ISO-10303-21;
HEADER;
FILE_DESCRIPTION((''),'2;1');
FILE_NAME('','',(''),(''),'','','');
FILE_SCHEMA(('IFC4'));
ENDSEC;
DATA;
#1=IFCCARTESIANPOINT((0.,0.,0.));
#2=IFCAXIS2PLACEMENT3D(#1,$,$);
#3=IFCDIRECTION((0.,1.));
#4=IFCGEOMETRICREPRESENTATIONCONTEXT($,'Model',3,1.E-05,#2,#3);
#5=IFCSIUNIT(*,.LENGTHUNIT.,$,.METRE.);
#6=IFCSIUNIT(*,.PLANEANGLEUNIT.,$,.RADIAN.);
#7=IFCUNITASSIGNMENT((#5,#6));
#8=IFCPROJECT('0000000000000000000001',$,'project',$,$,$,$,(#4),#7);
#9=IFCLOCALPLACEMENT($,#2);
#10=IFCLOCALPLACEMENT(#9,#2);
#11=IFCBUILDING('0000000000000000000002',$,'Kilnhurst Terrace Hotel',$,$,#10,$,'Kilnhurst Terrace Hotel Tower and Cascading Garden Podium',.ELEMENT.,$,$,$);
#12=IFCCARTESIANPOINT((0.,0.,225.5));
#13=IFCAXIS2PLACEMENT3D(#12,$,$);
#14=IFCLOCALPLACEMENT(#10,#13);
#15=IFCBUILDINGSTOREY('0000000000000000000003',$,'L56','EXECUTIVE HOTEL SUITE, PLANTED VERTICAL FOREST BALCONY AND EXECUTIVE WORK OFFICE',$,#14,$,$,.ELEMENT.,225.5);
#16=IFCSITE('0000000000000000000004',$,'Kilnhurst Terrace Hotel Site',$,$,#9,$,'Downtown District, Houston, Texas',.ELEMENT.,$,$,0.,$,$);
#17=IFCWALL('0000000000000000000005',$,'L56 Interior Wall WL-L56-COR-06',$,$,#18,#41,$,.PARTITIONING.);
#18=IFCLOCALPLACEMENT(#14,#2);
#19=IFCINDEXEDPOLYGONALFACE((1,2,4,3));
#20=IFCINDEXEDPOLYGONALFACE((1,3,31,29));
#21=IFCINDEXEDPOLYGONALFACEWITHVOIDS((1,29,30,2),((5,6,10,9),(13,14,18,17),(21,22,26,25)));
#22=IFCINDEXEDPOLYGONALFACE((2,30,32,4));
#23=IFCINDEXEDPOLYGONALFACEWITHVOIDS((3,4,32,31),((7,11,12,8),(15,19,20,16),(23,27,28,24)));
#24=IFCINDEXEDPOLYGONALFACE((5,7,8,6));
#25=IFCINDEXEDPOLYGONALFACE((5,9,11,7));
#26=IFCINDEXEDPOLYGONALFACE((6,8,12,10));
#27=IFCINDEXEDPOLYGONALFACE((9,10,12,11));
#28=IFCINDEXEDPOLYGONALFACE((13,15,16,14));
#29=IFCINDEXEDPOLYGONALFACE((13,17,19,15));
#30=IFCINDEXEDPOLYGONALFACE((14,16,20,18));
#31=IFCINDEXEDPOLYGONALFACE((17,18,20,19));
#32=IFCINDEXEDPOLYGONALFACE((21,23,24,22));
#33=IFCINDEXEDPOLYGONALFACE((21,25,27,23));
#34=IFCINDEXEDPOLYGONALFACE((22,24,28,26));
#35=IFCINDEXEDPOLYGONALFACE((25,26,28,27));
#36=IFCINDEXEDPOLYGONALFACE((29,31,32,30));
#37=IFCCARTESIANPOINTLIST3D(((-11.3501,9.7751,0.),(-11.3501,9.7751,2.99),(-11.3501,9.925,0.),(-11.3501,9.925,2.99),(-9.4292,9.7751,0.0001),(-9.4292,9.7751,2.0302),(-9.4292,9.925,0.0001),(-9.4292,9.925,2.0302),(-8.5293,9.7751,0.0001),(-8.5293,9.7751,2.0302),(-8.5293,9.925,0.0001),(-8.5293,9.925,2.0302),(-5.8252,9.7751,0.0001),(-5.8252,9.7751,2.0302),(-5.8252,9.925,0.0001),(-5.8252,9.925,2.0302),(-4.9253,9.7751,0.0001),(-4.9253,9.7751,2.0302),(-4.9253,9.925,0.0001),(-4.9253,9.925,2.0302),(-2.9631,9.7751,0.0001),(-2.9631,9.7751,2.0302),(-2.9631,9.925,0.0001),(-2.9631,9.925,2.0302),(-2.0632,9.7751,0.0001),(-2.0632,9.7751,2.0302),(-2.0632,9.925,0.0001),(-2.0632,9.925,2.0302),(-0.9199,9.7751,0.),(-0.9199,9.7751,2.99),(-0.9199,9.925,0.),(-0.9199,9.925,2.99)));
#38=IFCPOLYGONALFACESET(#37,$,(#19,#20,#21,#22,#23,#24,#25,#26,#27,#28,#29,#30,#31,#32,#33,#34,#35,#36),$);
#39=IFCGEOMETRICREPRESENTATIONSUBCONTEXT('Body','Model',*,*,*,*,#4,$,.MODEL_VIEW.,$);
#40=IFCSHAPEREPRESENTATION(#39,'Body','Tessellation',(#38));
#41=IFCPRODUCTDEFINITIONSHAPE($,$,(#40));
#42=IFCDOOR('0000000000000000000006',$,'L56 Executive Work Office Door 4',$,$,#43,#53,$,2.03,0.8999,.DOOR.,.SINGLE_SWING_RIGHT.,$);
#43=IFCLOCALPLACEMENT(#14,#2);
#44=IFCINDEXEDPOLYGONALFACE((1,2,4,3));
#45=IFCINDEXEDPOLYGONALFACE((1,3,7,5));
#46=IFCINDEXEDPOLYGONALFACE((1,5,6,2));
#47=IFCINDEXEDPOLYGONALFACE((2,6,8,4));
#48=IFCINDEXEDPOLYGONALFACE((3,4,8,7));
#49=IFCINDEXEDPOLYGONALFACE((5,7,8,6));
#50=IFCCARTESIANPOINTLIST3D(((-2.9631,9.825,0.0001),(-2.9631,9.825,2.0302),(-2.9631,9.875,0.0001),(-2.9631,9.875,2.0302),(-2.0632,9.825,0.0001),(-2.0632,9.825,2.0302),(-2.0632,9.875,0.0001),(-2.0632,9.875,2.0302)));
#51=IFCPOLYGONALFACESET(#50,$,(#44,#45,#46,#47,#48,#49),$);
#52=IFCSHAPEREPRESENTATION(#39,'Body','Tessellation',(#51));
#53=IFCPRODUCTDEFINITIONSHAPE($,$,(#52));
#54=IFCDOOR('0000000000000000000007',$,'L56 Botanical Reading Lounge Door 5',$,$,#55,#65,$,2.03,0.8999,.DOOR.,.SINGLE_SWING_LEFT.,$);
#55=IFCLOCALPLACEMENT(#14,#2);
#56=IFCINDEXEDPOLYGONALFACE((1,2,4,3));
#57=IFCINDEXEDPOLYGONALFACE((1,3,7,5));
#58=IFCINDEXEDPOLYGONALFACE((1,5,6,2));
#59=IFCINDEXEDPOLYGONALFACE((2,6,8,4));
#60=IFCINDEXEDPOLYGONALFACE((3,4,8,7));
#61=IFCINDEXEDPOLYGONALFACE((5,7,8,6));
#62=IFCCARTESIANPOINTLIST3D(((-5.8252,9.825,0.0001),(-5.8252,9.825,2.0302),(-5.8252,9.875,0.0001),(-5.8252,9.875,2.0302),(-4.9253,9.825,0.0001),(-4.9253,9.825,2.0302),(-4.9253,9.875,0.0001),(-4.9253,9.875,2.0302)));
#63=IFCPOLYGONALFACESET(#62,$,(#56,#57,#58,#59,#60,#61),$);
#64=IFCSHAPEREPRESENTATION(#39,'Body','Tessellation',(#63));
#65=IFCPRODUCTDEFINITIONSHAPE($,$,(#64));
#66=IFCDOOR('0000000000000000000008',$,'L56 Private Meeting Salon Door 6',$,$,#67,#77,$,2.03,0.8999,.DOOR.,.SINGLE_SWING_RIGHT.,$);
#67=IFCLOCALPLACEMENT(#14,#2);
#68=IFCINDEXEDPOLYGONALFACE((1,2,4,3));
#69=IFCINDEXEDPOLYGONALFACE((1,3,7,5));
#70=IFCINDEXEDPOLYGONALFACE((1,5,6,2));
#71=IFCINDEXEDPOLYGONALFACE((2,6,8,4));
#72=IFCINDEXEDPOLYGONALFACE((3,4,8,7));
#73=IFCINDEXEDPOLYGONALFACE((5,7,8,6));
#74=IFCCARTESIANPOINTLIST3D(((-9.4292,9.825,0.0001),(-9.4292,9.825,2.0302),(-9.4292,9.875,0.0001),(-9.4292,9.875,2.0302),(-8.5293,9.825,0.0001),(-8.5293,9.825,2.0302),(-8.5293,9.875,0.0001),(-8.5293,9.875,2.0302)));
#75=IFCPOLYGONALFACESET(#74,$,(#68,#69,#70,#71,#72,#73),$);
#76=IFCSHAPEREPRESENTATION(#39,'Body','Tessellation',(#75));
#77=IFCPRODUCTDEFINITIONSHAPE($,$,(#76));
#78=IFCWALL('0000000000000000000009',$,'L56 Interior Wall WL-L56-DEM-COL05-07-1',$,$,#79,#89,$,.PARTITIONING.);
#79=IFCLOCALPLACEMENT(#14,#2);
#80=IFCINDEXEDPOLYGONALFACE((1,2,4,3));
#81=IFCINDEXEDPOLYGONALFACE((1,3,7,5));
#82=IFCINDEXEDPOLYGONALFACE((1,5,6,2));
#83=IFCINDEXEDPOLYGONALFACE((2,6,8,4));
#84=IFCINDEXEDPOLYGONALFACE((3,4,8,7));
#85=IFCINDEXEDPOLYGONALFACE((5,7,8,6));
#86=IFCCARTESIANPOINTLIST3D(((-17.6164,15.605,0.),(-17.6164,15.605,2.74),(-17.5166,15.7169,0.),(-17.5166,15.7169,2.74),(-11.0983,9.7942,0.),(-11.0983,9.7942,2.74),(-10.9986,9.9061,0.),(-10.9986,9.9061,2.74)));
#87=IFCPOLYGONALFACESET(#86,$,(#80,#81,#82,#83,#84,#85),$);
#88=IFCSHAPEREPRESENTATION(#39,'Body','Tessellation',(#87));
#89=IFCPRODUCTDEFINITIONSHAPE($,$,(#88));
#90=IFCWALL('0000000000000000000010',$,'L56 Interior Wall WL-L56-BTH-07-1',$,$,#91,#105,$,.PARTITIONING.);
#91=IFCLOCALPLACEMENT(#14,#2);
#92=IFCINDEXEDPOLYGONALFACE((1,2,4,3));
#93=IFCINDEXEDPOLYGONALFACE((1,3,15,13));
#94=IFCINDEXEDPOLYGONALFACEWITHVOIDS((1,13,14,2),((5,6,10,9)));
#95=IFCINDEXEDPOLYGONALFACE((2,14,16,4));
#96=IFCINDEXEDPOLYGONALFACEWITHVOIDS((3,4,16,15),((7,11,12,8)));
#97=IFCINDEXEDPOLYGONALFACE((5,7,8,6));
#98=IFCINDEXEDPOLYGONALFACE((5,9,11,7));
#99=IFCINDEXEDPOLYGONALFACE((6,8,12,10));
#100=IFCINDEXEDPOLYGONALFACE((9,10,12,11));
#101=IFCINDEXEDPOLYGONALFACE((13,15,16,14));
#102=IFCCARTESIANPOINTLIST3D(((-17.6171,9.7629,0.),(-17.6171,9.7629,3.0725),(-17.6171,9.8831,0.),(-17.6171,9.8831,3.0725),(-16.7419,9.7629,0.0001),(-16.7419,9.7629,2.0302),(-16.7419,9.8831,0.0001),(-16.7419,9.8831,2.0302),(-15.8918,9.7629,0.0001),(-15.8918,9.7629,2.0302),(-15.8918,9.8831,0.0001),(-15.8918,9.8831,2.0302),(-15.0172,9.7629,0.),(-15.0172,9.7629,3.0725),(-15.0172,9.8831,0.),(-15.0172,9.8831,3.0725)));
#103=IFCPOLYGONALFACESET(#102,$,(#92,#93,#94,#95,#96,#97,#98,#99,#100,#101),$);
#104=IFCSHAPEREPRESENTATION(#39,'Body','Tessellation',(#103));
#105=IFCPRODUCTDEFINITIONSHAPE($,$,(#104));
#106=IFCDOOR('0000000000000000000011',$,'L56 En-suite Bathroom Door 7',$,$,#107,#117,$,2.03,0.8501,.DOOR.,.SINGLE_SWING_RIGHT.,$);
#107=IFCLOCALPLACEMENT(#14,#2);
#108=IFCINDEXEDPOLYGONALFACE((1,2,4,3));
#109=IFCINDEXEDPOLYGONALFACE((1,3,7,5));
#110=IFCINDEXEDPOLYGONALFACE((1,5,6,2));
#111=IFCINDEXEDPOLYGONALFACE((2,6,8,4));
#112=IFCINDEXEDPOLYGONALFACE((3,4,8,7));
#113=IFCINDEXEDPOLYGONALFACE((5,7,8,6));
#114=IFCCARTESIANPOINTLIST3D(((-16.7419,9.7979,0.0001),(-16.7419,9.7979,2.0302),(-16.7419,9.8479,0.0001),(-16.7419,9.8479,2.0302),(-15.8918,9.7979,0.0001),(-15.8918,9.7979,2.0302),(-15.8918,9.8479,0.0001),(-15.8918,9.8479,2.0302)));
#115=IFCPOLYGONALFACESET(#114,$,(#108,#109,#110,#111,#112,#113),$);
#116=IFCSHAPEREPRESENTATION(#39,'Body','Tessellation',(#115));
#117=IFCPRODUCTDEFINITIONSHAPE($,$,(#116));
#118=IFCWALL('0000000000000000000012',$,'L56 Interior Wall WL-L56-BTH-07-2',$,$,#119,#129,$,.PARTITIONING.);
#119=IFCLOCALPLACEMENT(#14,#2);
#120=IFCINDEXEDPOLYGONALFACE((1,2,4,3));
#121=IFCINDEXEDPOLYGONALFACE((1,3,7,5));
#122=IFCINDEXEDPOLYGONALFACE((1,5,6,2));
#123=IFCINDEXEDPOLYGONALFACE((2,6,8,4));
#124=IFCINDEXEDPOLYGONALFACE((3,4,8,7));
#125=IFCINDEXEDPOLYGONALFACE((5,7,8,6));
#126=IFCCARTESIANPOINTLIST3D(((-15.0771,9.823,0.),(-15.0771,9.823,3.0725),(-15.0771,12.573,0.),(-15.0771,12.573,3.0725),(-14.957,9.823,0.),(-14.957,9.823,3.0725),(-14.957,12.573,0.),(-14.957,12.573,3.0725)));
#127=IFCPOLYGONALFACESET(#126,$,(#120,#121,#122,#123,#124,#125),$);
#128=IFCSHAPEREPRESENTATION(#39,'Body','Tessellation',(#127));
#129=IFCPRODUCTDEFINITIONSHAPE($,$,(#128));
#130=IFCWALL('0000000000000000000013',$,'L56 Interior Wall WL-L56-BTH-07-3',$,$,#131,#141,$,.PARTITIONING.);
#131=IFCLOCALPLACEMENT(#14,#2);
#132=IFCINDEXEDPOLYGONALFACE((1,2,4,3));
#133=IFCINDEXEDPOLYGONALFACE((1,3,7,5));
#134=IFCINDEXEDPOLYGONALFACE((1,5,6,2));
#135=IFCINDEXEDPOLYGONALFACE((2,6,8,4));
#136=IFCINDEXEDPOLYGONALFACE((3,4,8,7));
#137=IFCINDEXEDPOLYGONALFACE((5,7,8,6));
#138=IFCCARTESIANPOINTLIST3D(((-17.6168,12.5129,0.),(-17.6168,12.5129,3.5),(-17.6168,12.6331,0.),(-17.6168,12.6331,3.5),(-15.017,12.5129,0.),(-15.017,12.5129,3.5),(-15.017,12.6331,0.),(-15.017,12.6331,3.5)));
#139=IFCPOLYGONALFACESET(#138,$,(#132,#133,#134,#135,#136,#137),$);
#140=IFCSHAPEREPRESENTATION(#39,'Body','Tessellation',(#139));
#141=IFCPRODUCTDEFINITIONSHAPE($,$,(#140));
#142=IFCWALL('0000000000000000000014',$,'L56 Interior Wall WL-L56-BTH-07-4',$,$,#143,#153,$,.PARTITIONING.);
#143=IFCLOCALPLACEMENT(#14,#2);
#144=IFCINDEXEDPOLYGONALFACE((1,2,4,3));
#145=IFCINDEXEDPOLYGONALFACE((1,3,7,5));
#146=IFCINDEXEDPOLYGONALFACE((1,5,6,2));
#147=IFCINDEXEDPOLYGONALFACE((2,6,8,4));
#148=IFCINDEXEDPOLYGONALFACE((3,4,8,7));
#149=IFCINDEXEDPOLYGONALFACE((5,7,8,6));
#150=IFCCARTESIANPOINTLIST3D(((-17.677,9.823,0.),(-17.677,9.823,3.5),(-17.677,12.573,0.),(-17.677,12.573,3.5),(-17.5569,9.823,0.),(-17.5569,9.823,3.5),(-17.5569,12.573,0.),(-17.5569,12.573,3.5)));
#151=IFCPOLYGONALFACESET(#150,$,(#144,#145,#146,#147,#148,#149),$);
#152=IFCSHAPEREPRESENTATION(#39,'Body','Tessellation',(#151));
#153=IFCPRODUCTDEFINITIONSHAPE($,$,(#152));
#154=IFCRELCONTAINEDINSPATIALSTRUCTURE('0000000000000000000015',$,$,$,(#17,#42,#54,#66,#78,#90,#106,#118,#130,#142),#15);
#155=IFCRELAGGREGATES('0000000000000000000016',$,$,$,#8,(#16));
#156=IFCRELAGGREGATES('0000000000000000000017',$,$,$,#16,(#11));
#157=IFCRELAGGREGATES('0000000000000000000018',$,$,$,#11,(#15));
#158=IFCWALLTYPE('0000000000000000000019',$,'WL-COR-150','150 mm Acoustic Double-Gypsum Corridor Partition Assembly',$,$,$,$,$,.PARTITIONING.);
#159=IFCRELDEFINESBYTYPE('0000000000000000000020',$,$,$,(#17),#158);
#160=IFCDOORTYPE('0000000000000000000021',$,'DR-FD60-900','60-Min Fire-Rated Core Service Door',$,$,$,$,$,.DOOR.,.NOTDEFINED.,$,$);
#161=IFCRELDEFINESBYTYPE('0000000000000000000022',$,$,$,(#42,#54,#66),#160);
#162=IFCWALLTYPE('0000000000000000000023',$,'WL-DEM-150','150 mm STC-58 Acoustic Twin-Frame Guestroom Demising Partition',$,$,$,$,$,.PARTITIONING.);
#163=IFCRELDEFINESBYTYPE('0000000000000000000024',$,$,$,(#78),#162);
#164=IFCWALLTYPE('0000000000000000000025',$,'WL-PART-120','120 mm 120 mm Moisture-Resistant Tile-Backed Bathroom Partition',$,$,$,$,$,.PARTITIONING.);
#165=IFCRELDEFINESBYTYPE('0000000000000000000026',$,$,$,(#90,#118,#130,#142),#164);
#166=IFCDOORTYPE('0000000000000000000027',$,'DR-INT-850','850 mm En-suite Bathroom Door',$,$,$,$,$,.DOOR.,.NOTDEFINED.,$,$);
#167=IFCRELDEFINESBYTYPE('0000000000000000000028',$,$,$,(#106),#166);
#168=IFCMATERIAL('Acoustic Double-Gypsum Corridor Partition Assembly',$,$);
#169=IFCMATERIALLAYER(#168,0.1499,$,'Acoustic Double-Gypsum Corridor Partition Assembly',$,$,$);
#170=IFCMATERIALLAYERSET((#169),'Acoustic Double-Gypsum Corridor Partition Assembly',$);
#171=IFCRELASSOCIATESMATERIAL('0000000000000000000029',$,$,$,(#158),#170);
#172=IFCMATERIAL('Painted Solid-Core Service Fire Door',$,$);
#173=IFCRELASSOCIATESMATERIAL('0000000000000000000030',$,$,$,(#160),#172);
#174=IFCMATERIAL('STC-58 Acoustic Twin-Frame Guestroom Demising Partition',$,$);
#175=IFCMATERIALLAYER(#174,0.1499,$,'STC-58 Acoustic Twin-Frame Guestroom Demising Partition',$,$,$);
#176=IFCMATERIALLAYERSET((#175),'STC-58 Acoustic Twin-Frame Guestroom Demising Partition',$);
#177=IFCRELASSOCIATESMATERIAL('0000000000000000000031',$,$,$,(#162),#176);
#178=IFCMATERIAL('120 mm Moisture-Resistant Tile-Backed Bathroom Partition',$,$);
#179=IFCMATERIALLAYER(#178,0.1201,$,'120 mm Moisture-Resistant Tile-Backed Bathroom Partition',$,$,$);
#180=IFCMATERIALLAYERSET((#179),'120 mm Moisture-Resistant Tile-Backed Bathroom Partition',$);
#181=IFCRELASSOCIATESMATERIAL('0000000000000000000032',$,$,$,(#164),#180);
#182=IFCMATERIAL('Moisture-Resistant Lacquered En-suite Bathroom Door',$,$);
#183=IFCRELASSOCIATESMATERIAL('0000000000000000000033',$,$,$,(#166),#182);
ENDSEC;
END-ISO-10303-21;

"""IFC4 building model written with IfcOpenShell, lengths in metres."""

from ifc_helpers import new_model, si_unit, direction, frame, frame_2d, origin, place, context, subcontext, project, spatial, rectangle, extrude, material, layer, layer_set, type_object, element, fill, save


model = new_model("IFC4")

# Units and contexts
model_context = context("Model", 3, precision=1e-05, world=origin(), true_north=direction((0.0, 1.0)))
body_context = subcontext(model_context, "Body", "Model", "MODEL_VIEW")
ifc_project = project(units=[si_unit("LENGTHUNIT", "METRE"), si_unit("PLANEANGLEUNIT", "RADIAN")], contexts=[model_context])

# Site, building, storey
site_placement = place(None, origin())
site = spatial("IfcSite", under=ifc_project, at=site_placement, Name="Kilnhurst Terrace Hotel Site", LongName="Downtown District, Houston, Texas", CompositionType="ELEMENT", RefElevation=0.0)
building_placement = place(site_placement, origin())
building = spatial("IfcBuilding", under=site, at=building_placement, Name="Kilnhurst Terrace Hotel", LongName="Kilnhurst Terrace Hotel Tower and Cascading Garden Podium", CompositionType="ELEMENT")
storey_placement = place(building_placement, frame((0.0, 0.0, 225.5)))
storey = spatial("IfcBuildingStorey", under=building, at=storey_placement, Name="L56", Description="EXECUTIVE HOTEL SUITE, PLANTED VERTICAL FOREST BALCONY AND EXECUTIVE WORK OFFICE", CompositionType="ELEMENT", Elevation=225.5)

# Wall, openings, doors
ifc_material_1 = material(Name="Acoustic Double-Gypsum Corridor Partition Assembly")
ifc_layer_1 = layer(ifc_material_1, 0.1499, Name="Acoustic Double-Gypsum Corridor Partition Assembly")
ifc_layer_set_1 = layer_set([ifc_layer_1], Name="Acoustic Double-Gypsum Corridor Partition Assembly")
wall_type_1 = type_object("IfcWallType", Name="WL-COR-150", Description="150 mm Acoustic Double-Gypsum Corridor Partition Assembly", PredefinedType="PARTITIONING", material=ifc_layer_set_1)
wall_1_placement = place(storey_placement, frame((-11.3501, 9.8501, 0.0), z_axis=(0.0, 0.0, 1.0), x_axis=(1.0, 0.0, 0.0)))
wall_1 = element("IfcWall", 1, at=wall_1_placement, inside=storey, type_object=wall_type_1, Name="L56 Interior Wall WL-L56-COR-06", PredefinedType="PARTITIONING", context=body_context, shape_type="SweptSolid", body=[
    extrude(rectangle(XDim=10.4302, YDim=0.1499, at=frame_2d((5.2151, 0.0))), origin(), (0.0, 0.0, 1.0), 2.99),
])
opening_1_placement = place(wall_1_placement, frame((8.387, 0.0, 0.0)))
opening_1 = element("IfcOpeningElement", 2, at=opening_1_placement, cuts=wall_1, PredefinedType="OPENING", context=body_context, shape_type="SweptSolid", body=[
    extrude(rectangle(XDim=0.8999, YDim=2.03, at=frame_2d((0.45, 1.0151))), frame((0.0, 0.085, 0.0), z_axis=(0.0, -1.0, 0.0), x_axis=(1.0, 0.0, 0.0)), (0.0, 0.0, 1.0), 0.1699),
])
opening_2_placement = place(wall_1_placement, frame((5.5249, 0.0, 0.0)))
opening_2 = element("IfcOpeningElement", 3, at=opening_2_placement, cuts=wall_1, PredefinedType="OPENING", context=body_context, shape_type="SweptSolid", body=[
    extrude(rectangle(XDim=0.8999, YDim=2.03, at=frame_2d((0.45, 1.0151))), frame((0.0, 0.085, 0.0), z_axis=(0.0, -1.0, 0.0), x_axis=(1.0, 0.0, 0.0)), (0.0, 0.0, 1.0), 0.1699),
])
opening_3_placement = place(wall_1_placement, frame((1.9209, 0.0, 0.0)))
opening_3 = element("IfcOpeningElement", 4, at=opening_3_placement, cuts=wall_1, PredefinedType="OPENING", context=body_context, shape_type="SweptSolid", body=[
    extrude(rectangle(XDim=0.8999, YDim=2.03, at=frame_2d((0.45, 1.0151))), frame((0.0, 0.085, 0.0), z_axis=(0.0, -1.0, 0.0), x_axis=(1.0, 0.0, 0.0)), (0.0, 0.0, 1.0), 0.1699),
])
ifc_material_2 = material(Name="Painted Solid-Core Service Fire Door")
door_type_1 = type_object("IfcDoorType", Name="DR-FD60-900", Description="60-Min Fire-Rated Core Service Door", OperationType="NOTDEFINED", PredefinedType="DOOR", material=ifc_material_2)
door_1_placement = place(opening_1_placement, origin())
door_1 = element("IfcDoor", 5, at=door_1_placement, inside=storey, type_object=door_type_1, Name="L56 Executive Work Office Door 4", OperationType="SINGLE_SWING_RIGHT", OverallHeight=2.03, OverallWidth=0.8999, PredefinedType="DOOR", context=body_context, shape_type="SweptSolid", body=[
    extrude(rectangle(XDim=0.8999, YDim=2.03, at=frame_2d((0.45, 1.0151))), frame((0.0, 0.0249, 0.0), z_axis=(0.0, -1.0, 0.0), x_axis=(1.0, 0.0, 0.0)), (0.0, 0.0, 1.0), 0.05),
])
fill(opening_1, door_1)
door_2_placement = place(opening_2_placement, origin())
door_2 = element("IfcDoor", 6, at=door_2_placement, inside=storey, type_object=door_type_1, Name="L56 Botanical Reading Lounge Door 5", OperationType="SINGLE_SWING_LEFT", OverallHeight=2.03, OverallWidth=0.8999, PredefinedType="DOOR", context=body_context, shape_type="SweptSolid", body=[
    extrude(rectangle(XDim=0.8999, YDim=2.03, at=frame_2d((0.45, 1.0151))), frame((0.0, 0.0249, 0.0), z_axis=(0.0, -1.0, 0.0), x_axis=(1.0, 0.0, 0.0)), (0.0, 0.0, 1.0), 0.05),
])
fill(opening_2, door_2)
door_3_placement = place(opening_3_placement, origin())
door_3 = element("IfcDoor", 7, at=door_3_placement, inside=storey, type_object=door_type_1, Name="L56 Private Meeting Salon Door 6", OperationType="SINGLE_SWING_RIGHT", OverallHeight=2.03, OverallWidth=0.8999, PredefinedType="DOOR", context=body_context, shape_type="SweptSolid", body=[
    extrude(rectangle(XDim=0.8999, YDim=2.03, at=frame_2d((0.45, 1.0151))), frame((0.0, 0.0249, 0.0), z_axis=(0.0, -1.0, 0.0), x_axis=(1.0, 0.0, 0.0)), (0.0, 0.0, 1.0), 0.05),
])
fill(opening_3, door_3)

# Wall
ifc_material_3 = material(Name="STC-58 Acoustic Twin-Frame Guestroom Demising Partition")
ifc_layer_2 = layer(ifc_material_3, 0.1499, Name="STC-58 Acoustic Twin-Frame Guestroom Demising Partition")
ifc_layer_set_2 = layer_set([ifc_layer_2], Name="STC-58 Acoustic Twin-Frame Guestroom Demising Partition")
wall_type_2 = type_object("IfcWallType", Name="WL-DEM-150", Description="150 mm STC-58 Acoustic Twin-Frame Guestroom Demising Partition", PredefinedType="PARTITIONING", material=ifc_layer_set_2)
wall_2_placement = place(storey_placement, frame((-11.0483, 9.8501, 0.0), z_axis=(0.0, 0.0, 1.0), x_axis=(-0.746444, 0.665448, 0.0)))
element("IfcWall", 8, at=wall_2_placement, inside=storey, type_object=wall_type_2, Name="L56 Interior Wall WL-L56-DEM-COL05-07-1", PredefinedType="PARTITIONING", context=body_context, shape_type="SweptSolid", body=[
    extrude(rectangle(XDim=8.7322, YDim=0.1499, at=frame_2d((4.3662, 0.0))), origin(), (0.0, 0.0, 1.0), 2.74),
])

# Wall, opening, door
ifc_material_4 = material(Name="120 mm Moisture-Resistant Tile-Backed Bathroom Partition")
ifc_layer_3 = layer(ifc_material_4, 0.1201, Name="120 mm Moisture-Resistant Tile-Backed Bathroom Partition")
ifc_layer_set_3 = layer_set([ifc_layer_3], Name="120 mm Moisture-Resistant Tile-Backed Bathroom Partition")
wall_type_3 = type_object("IfcWallType", Name="WL-PART-120", Description="120 mm 120 mm Moisture-Resistant Tile-Backed Bathroom Partition", PredefinedType="PARTITIONING", material=ifc_layer_set_3)
wall_3_placement = place(storey_placement, frame((-17.6169, 9.823, 0.0), z_axis=(0.0, 0.0, 1.0), x_axis=(1.0, 0.0, 0.0)))
wall_3 = element("IfcWall", 9, at=wall_3_placement, inside=storey, type_object=wall_type_3, Name="L56 Interior Wall WL-L56-BTH-07-1", PredefinedType="PARTITIONING", context=body_context, shape_type="SweptSolid", body=[
    extrude(rectangle(XDim=2.5999, YDim=0.1201, at=frame_2d((1.2998, 0.0))), origin(), (0.0, 0.0, 1.0), 3.0725),
])
opening_4_placement = place(wall_3_placement, frame((0.875, 0.0, 0.0)))
opening_4 = element("IfcOpeningElement", 10, at=opening_4_placement, cuts=wall_3, PredefinedType="OPENING", context=body_context, shape_type="SweptSolid", body=[
    extrude(rectangle(XDim=0.8501, YDim=2.03, at=frame_2d((0.425, 1.0151))), frame((0.0, 0.0701, 0.0), z_axis=(0.0, -1.0, 0.0), x_axis=(1.0, 0.0, 0.0)), (0.0, 0.0, 1.0), 0.1401),
])
ifc_material_5 = material(Name="Moisture-Resistant Lacquered En-suite Bathroom Door")
door_type_2 = type_object("IfcDoorType", Name="DR-INT-850", Description="850 mm En-suite Bathroom Door", OperationType="NOTDEFINED", PredefinedType="DOOR", material=ifc_material_5)
door_4_placement = place(opening_4_placement, origin())
door_4 = element("IfcDoor", 11, at=door_4_placement, inside=storey, type_object=door_type_2, Name="L56 En-suite Bathroom Door 7", OperationType="SINGLE_SWING_RIGHT", OverallHeight=2.03, OverallWidth=0.8501, PredefinedType="DOOR", context=body_context, shape_type="SweptSolid", body=[
    extrude(rectangle(XDim=0.8501, YDim=2.03, at=frame_2d((0.425, 1.0151))), frame((0.0, 0.0249, 0.0), z_axis=(0.0, -1.0, 0.0), x_axis=(1.0, 0.0, 0.0)), (0.0, 0.0, 1.0), 0.05),
])
fill(opening_4, door_4)

# Walls
wall_4_placement = place(storey_placement, frame((-15.0171, 9.823, 0.0), z_axis=(0.0, 0.0, 1.0), x_axis=(0.0, 1.0, 0.0)))
element("IfcWall", 12, at=wall_4_placement, inside=storey, type_object=wall_type_3, Name="L56 Interior Wall WL-L56-BTH-07-2", PredefinedType="PARTITIONING", context=body_context, shape_type="SweptSolid", body=[
    extrude(rectangle(XDim=2.75, YDim=0.1201, at=frame_2d((1.375, 0.0))), origin(), (0.0, 0.0, 1.0), 3.0725),
])
wall_5_placement = place(storey_placement, frame((-15.0171, 12.573, 0.0), z_axis=(0.0, 0.0, 1.0), x_axis=(-1.0, 0.0, 0.0)))
element("IfcWall", 13, at=wall_5_placement, inside=storey, type_object=wall_type_3, Name="L56 Interior Wall WL-L56-BTH-07-3", PredefinedType="PARTITIONING", context=body_context, shape_type="SweptSolid", body=[
    extrude(rectangle(XDim=2.5999, YDim=0.1201, at=frame_2d((1.2998, 0.0))), origin(), (0.0, 0.0, 1.0), 3.5),
])
wall_6_placement = place(storey_placement, frame((-17.6169, 12.573, 0.0), z_axis=(0.0, 0.0, 1.0), x_axis=(0.0, -1.0, 0.0)))
element("IfcWall", 14, at=wall_6_placement, inside=storey, type_object=wall_type_3, Name="L56 Interior Wall WL-L56-BTH-07-4", PredefinedType="PARTITIONING", context=body_context, shape_type="SweptSolid", body=[
    extrude(rectangle(XDim=2.75, YDim=0.1201, at=frame_2d((1.375, 0.0))), origin(), (0.0, 0.0, 1.0), 3.5),
])

save(model, "model.ifc")
